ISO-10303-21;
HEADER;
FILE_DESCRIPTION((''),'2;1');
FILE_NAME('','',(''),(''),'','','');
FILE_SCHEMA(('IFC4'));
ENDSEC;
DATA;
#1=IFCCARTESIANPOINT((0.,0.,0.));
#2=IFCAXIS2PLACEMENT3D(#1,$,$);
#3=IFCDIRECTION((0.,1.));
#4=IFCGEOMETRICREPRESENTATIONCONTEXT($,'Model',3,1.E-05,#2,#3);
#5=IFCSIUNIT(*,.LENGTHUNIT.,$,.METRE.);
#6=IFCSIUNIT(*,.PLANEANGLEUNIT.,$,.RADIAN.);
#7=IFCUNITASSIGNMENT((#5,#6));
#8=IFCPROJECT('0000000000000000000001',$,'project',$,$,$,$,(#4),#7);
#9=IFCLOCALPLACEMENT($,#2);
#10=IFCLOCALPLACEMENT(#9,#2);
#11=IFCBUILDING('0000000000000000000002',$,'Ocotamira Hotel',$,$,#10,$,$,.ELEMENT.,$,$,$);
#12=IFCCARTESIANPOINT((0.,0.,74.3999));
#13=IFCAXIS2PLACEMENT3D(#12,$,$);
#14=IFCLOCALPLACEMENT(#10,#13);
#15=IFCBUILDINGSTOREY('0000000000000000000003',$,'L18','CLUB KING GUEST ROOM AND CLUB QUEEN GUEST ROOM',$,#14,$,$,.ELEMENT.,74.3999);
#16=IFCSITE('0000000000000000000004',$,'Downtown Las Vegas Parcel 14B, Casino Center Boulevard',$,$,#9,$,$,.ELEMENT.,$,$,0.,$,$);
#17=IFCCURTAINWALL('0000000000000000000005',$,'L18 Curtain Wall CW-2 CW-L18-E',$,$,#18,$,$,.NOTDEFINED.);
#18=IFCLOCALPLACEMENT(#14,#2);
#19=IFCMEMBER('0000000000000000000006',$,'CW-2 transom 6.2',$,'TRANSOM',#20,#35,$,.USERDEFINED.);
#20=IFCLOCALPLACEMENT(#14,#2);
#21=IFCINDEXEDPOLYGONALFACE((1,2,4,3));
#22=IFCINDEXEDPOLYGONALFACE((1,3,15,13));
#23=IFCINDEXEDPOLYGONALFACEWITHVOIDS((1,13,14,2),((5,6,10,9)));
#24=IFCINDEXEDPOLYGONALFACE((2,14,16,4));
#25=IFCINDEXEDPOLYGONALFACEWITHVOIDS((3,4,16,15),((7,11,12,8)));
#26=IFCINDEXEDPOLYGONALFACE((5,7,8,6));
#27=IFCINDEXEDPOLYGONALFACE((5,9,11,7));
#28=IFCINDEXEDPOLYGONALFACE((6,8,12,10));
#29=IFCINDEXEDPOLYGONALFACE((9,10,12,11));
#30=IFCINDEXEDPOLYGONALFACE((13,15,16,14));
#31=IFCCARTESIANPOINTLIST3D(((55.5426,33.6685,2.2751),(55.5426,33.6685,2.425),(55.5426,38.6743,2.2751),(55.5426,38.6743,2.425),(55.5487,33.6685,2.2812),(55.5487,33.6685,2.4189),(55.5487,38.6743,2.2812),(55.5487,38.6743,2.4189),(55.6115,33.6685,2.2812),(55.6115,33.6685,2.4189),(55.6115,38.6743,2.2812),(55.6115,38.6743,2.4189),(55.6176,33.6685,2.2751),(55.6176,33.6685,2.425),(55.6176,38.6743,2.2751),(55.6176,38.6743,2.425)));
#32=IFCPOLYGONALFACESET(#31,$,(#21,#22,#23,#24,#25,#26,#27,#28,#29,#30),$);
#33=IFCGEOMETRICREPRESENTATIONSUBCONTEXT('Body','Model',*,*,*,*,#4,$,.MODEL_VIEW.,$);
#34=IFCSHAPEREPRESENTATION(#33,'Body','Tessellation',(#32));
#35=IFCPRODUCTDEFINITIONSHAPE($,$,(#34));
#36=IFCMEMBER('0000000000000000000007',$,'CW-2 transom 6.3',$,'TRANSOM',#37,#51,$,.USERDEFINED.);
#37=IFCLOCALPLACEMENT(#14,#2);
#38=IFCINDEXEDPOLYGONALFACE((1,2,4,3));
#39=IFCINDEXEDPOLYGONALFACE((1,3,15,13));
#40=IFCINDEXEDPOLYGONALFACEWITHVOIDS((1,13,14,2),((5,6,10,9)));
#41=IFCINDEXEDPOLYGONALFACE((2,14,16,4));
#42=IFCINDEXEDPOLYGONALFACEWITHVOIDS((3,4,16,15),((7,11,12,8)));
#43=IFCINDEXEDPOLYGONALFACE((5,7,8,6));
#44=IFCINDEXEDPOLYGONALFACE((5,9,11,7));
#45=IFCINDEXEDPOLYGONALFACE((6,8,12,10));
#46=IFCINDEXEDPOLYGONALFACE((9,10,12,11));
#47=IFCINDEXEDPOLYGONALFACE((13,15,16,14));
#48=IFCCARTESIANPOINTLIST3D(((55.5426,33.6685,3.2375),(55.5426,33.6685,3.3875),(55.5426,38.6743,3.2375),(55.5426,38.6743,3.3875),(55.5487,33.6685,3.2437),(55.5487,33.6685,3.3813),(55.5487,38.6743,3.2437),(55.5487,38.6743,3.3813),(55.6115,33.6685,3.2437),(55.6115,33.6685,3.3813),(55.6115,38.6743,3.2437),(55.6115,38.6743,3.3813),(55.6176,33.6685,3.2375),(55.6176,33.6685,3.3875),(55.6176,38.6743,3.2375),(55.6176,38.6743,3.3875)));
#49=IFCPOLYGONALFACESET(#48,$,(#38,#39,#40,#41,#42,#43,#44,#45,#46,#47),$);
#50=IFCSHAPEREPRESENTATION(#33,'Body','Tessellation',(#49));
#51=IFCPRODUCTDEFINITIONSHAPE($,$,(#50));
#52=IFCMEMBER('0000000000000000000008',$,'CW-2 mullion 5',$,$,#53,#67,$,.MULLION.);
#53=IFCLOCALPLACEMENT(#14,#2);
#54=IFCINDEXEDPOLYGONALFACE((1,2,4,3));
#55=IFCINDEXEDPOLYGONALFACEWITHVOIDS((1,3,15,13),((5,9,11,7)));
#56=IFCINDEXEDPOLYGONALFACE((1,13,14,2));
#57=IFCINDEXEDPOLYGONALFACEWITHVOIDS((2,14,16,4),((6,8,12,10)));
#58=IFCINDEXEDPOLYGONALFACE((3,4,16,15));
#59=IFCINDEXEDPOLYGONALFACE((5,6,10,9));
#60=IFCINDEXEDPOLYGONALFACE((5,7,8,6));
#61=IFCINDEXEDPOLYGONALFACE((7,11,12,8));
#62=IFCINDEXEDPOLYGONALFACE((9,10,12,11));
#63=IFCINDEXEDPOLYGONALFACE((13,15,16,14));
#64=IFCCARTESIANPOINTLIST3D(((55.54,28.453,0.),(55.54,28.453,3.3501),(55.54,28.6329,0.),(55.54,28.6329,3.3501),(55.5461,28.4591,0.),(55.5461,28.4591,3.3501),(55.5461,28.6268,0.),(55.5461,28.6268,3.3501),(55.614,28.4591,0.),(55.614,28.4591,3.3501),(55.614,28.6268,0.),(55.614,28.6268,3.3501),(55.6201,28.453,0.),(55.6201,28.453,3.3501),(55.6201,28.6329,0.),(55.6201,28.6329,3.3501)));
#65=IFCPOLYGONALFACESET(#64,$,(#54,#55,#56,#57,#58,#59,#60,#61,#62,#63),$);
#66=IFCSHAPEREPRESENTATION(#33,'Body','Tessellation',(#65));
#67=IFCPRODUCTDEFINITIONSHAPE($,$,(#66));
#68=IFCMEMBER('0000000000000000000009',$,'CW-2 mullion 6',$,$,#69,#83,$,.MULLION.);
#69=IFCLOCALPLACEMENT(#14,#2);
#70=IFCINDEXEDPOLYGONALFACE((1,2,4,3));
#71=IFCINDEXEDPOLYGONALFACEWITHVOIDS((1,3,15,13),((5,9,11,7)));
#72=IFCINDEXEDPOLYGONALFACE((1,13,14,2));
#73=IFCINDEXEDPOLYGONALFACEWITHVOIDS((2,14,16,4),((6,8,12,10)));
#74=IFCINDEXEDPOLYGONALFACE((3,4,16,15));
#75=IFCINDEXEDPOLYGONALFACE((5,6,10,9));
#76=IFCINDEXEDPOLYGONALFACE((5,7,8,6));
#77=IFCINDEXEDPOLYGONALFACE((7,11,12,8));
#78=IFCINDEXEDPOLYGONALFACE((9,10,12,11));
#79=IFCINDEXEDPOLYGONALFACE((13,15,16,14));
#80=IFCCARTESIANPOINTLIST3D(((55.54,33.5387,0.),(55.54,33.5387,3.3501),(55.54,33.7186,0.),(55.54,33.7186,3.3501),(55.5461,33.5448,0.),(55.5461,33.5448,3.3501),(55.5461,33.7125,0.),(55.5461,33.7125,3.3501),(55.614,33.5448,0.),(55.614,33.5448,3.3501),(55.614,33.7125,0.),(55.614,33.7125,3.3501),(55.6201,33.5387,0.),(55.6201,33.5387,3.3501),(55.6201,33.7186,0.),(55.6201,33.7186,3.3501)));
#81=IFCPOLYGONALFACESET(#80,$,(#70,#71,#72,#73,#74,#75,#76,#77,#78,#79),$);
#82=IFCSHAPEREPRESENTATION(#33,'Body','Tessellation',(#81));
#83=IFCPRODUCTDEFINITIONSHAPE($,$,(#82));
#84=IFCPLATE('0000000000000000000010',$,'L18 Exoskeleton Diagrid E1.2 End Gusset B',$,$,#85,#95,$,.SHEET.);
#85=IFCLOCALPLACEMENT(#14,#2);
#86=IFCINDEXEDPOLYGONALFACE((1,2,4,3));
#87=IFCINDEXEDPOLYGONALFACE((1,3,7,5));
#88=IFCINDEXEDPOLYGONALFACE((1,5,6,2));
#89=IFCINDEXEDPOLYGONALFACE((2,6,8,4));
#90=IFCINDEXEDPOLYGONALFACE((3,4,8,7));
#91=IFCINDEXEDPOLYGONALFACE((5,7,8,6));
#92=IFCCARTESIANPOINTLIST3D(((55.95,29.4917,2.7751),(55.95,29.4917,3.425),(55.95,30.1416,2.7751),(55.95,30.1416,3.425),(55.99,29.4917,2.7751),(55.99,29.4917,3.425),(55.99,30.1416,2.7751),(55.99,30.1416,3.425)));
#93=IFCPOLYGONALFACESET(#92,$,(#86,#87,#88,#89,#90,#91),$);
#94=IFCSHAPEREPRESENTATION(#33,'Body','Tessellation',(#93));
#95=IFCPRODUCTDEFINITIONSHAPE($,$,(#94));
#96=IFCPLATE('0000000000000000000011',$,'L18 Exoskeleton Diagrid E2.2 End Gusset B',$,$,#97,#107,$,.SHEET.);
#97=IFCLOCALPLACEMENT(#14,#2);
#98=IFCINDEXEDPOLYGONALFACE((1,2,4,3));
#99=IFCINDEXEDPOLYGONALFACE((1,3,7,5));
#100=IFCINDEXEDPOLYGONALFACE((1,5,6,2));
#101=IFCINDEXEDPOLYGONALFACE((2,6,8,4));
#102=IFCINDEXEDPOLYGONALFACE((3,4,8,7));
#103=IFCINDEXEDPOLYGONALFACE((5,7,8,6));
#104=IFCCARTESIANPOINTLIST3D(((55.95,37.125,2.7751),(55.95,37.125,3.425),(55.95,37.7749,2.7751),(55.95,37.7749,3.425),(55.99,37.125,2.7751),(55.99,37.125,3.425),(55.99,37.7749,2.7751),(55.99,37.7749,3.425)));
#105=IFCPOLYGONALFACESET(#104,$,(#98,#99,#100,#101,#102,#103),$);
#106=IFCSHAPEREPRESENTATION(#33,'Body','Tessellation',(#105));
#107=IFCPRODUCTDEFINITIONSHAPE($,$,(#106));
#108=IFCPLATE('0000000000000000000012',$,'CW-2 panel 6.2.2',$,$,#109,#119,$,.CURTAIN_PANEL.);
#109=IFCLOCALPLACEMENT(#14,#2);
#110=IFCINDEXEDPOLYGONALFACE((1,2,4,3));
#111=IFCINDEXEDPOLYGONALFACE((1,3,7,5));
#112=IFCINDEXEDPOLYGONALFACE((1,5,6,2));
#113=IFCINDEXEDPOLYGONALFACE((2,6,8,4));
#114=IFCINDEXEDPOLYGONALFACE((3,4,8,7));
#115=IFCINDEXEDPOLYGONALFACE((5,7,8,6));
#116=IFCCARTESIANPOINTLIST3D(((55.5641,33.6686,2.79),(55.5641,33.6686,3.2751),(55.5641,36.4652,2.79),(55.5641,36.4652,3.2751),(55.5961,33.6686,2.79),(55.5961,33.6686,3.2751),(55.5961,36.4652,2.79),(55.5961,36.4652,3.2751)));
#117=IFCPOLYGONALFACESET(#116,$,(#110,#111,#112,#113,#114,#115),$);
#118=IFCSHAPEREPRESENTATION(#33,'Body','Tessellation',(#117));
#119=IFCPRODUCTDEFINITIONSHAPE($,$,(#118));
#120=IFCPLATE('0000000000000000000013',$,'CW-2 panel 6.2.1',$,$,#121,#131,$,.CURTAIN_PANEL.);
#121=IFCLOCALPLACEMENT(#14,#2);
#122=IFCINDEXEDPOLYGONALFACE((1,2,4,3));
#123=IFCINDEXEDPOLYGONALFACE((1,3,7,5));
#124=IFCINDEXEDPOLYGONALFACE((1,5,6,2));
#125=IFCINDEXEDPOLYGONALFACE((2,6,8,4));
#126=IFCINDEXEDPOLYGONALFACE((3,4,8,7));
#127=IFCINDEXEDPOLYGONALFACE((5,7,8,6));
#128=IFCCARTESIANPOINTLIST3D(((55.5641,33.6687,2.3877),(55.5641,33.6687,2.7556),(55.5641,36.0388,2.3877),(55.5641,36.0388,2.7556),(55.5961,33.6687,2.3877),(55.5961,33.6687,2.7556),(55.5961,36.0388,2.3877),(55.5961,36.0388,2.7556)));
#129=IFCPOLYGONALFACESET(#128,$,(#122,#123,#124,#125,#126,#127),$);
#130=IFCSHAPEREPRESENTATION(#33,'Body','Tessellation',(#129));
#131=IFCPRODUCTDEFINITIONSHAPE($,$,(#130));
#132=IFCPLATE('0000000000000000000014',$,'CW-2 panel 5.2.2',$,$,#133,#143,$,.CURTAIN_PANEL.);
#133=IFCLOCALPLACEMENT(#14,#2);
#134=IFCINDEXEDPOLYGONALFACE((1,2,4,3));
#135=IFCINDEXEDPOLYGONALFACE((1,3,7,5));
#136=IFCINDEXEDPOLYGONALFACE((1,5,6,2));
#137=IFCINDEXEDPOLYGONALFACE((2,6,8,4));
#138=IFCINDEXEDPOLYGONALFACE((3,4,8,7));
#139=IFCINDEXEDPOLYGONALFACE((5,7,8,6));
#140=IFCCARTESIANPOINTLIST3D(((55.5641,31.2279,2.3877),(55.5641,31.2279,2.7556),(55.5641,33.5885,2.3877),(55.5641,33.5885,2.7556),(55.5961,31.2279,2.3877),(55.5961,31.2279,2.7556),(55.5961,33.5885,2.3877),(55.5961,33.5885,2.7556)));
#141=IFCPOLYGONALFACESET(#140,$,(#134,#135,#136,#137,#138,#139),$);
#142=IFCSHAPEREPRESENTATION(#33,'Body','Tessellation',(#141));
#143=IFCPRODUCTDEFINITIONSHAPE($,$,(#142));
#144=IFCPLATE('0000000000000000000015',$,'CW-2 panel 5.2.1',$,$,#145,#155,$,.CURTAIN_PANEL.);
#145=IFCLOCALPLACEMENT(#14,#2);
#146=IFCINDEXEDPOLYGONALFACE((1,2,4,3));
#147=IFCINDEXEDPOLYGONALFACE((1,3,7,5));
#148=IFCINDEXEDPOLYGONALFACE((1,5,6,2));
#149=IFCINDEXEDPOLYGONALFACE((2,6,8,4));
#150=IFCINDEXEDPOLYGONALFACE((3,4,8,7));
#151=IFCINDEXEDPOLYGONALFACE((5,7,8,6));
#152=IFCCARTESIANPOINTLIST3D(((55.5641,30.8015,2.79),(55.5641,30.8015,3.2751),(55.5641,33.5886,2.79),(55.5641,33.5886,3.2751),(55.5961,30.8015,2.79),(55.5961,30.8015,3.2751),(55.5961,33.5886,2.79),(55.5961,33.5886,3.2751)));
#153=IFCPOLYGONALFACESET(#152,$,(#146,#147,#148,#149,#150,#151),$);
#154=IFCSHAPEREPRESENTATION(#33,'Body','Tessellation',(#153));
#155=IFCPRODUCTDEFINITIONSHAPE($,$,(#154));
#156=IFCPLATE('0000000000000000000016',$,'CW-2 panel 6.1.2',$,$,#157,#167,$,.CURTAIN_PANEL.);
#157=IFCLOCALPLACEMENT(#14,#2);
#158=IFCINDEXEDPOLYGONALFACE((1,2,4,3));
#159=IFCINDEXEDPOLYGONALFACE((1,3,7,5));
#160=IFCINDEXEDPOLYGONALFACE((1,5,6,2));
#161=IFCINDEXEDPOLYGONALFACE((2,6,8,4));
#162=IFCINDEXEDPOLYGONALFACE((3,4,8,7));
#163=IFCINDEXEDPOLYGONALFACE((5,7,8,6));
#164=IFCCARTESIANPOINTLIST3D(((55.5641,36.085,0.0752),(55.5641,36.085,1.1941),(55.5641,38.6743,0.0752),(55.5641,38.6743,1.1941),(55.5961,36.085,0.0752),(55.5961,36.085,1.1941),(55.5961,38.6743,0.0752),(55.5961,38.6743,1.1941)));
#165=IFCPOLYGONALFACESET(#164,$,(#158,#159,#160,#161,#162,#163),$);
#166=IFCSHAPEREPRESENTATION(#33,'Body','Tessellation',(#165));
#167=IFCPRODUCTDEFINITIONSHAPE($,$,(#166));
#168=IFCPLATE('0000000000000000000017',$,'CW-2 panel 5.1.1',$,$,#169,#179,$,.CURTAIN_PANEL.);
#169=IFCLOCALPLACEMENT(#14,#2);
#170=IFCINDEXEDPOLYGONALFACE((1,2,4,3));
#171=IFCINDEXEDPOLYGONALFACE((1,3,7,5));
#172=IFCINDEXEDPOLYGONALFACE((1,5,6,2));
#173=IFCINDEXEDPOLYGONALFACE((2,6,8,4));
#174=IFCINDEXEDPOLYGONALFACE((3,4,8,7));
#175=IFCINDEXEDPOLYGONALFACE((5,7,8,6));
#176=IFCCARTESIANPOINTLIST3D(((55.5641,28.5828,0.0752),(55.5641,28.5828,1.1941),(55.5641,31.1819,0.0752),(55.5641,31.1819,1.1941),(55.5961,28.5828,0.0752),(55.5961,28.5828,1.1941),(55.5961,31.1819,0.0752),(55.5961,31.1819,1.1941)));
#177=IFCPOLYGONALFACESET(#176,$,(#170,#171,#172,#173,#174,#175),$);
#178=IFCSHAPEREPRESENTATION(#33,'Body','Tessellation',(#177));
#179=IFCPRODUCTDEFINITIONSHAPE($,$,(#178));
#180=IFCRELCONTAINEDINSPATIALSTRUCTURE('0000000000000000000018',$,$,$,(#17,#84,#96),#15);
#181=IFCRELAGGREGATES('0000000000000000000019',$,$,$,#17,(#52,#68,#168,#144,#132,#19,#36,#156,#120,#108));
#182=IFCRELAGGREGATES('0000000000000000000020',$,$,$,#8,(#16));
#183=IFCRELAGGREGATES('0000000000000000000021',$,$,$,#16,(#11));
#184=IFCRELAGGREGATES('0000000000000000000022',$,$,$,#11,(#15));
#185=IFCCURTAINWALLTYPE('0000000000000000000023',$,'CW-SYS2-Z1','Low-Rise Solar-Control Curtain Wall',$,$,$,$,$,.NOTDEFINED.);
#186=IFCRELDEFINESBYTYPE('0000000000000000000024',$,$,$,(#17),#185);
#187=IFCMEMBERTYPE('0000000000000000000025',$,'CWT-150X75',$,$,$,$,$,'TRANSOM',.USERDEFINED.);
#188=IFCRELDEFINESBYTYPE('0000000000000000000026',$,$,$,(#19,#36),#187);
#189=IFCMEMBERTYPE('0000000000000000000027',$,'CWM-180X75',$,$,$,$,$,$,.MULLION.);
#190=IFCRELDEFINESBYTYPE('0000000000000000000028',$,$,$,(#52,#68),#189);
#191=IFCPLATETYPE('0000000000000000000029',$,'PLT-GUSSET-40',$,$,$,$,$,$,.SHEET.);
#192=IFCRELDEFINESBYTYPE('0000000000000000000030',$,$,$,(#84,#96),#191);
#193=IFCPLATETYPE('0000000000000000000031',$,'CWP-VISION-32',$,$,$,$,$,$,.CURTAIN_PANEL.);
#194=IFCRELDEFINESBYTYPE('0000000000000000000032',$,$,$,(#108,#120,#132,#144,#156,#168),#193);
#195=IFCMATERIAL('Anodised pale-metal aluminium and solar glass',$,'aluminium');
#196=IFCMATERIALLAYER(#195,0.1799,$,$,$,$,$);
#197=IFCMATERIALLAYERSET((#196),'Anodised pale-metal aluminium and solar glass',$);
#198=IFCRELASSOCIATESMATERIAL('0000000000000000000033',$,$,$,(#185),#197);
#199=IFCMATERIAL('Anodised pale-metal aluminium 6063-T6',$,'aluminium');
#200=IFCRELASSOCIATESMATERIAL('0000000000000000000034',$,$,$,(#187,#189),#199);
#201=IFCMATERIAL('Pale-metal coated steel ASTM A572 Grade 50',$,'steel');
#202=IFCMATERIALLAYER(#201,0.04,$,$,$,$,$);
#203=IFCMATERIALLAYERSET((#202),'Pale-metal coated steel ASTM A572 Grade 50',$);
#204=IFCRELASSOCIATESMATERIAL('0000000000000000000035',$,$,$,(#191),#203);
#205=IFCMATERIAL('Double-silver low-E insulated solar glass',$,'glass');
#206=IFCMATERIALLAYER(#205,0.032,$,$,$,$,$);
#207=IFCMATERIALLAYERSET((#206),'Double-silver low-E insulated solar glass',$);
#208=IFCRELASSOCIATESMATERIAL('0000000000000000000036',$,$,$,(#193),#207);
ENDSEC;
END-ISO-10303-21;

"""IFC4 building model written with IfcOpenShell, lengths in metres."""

from ifc_helpers import new_model, si_unit, direction, frame, origin, origin_2d, place, context, subcontext, project, spatial, rectangle, hollow_rectangle, extrude, source, transform, mapped, material, layer, layer_set, material_profile, profile_set, type_object, element, aggregate, save


model = new_model("IFC4")

# Units and contexts
model_context = context("Model", 3, precision=1e-05, world=origin(), true_north=direction((0.0, 1.0)))
body_context = subcontext(model_context, "Body", "Model", "MODEL_VIEW")
ifc_project = project(units=[si_unit("LENGTHUNIT", "METRE"), si_unit("PLANEANGLEUNIT", "RADIAN")], contexts=[model_context])

# Site, building, storey
site_placement = place(None, origin())
site = spatial("IfcSite", under=ifc_project, at=site_placement, Name="Downtown Las Vegas Parcel 14B, Casino Center Boulevard", CompositionType="ELEMENT", RefElevation=0.0)
building_placement = place(site_placement, origin())
building = spatial("IfcBuilding", under=site, at=building_placement, Name="Ocotamira Hotel", CompositionType="ELEMENT")
storey_placement = place(building_placement, frame((0.0, 0.0, 74.3999)))
storey = spatial("IfcBuildingStorey", under=building, at=storey_placement, Name="L18", Description="CLUB KING GUEST ROOM AND CLUB QUEEN GUEST ROOM", CompositionType="ELEMENT", Elevation=74.3999)

# Curtain wall, members
ifc_material_1 = material(Name="Anodised pale-metal aluminium and solar glass", Category="aluminium")
ifc_layer_1 = layer(ifc_material_1, 0.1799)
ifc_layer_set_1 = layer_set([ifc_layer_1], Name="Anodised pale-metal aluminium and solar glass")
curtain_wall_type = type_object("IfcCurtainWallType", Name="CW-SYS2-Z1", Description="Low-Rise Solar-Control Curtain Wall", PredefinedType="NOTDEFINED", material=ifc_layer_set_1)
curtain_wall_placement = place(storey_placement, origin())
curtain_wall = element("IfcCurtainWall", 1, at=curtain_wall_placement, inside=storey, type_object=curtain_wall_type, Name="L18 Curtain Wall CW-2 CW-L18-E", PredefinedType="NOTDEFINED")
ifc_material_2 = material(Name="Anodised pale-metal aluminium 6063-T6", Category="aluminium")
ifc_material_profile_1 = material_profile(ifc_material_2, hollow_rectangle(XDim=0.075, YDim=0.1499, WallThickness=0.0061, at=origin_2d()), Name="HSS150X75X6")
ifc_profile_set_1 = profile_set([ifc_material_profile_1], Name="Anodised pale-metal aluminium 6063-T6")
member_type_1 = type_object("IfcMemberType", Name="CWT-150X75", ElementType="TRANSOM", PredefinedType="USERDEFINED", material=ifc_profile_set_1)
shared_shape_1 = source(origin(), body_context, "Body", "SweptSolid", [
    extrude(hollow_rectangle(XDim=0.075, YDim=0.1499, WallThickness=0.0061, at=origin_2d()), origin(), (0.0, 0.0, 1.0), 5.0059),
])
member_1_placement = place(storey_placement, frame((55.5801, 33.6685, 2.3501), z_axis=(0.0, 1.0, 0.0), x_axis=(-1.0, 0.0, 0.0)))
member_1 = element("IfcMember", 2, at=member_1_placement, type_object=member_type_1, Name="CW-2 transom 6.2", ObjectType="TRANSOM", PredefinedType="USERDEFINED", context=body_context, shape_type="MappedRepresentation", body=[
    mapped(shared_shape_1, transform((0.0, 0.0, 0.0), scale=1.0)),
])
member_2_placement = place(storey_placement, frame((55.5801, 33.6685, 3.3125), z_axis=(0.0, 1.0, 0.0), x_axis=(-1.0, 0.0, 0.0)))
member_2 = element("IfcMember", 3, at=member_2_placement, type_object=member_type_1, Name="CW-2 transom 6.3", ObjectType="TRANSOM", PredefinedType="USERDEFINED", context=body_context, shape_type="MappedRepresentation", body=[
    mapped(shared_shape_1, transform((0.0, 0.0, 0.0), scale=1.0)),
])
ifc_material_profile_2 = material_profile(ifc_material_2, hollow_rectangle(XDim=0.0801, YDim=0.1799, WallThickness=0.0061, at=origin_2d()), Name="HSS180X80X6")
ifc_profile_set_2 = profile_set([ifc_material_profile_2], Name="Anodised pale-metal aluminium 6063-T6")
member_type_2 = type_object("IfcMemberType", Name="CWM-180X75", PredefinedType="MULLION", material=ifc_profile_set_2)
shared_shape_2 = source(origin(), body_context, "Body", "SweptSolid", [
    extrude(hollow_rectangle(XDim=0.0801, YDim=0.1799, WallThickness=0.0061, at=origin_2d()), origin(), (0.0, 0.0, 1.0), 3.3501),
])
member_3_placement = place(storey_placement, frame((55.5801, 28.543, 0.0), z_axis=(0.0, 0.0, 1.0), x_axis=(-1.0, 0.0, 0.0)))
member_3 = element("IfcMember", 4, at=member_3_placement, type_object=member_type_2, Name="CW-2 mullion 5", PredefinedType="MULLION", context=body_context, shape_type="MappedRepresentation", body=[
    mapped(shared_shape_2, transform((0.0, 0.0, 0.0), scale=1.0)),
])
member_4_placement = place(storey_placement, frame((55.5801, 33.6287, 0.0), z_axis=(0.0, 0.0, 1.0), x_axis=(-1.0, 0.0, 0.0)))
member_4 = element("IfcMember", 5, at=member_4_placement, type_object=member_type_2, Name="CW-2 mullion 6", PredefinedType="MULLION", context=body_context, shape_type="MappedRepresentation", body=[
    mapped(shared_shape_2, transform((0.0, 0.0, 0.0), scale=1.0)),
])

# Plates
ifc_material_3 = material(Name="Pale-metal coated steel ASTM A572 Grade 50", Category="steel")
ifc_layer_2 = layer(ifc_material_3, 0.04)
ifc_layer_set_2 = layer_set([ifc_layer_2], Name="Pale-metal coated steel ASTM A572 Grade 50")
plate_type_1 = type_object("IfcPlateType", Name="PLT-GUSSET-40", PredefinedType="SHEET", material=ifc_layer_set_2)
shared_shape_3 = source(origin(), body_context, "Body", "SweptSolid", [
    extrude(rectangle(XDim=0.04, YDim=0.6499, at=origin_2d()), origin(), (0.0, 0.0, 1.0), 0.6499),
])
for number, where, z_axis, x_axis, name in (
    (6, (55.97, 29.8167, 2.7751), (0.0, 0.0, 1.0), (1.0, 0.0, 0.0), "L18 Exoskeleton Diagrid E1.2 End Gusset B"),
    (7, (55.97, 37.45, 2.7751), (0.0, 0.0, 1.0), (1.0, 0.0, 0.0), "L18 Exoskeleton Diagrid E2.2 End Gusset B"),
):
    element("IfcPlate", number, at=place(storey_placement, frame(where, z_axis=z_axis, x_axis=x_axis)), inside=storey, type_object=plate_type_1, Name=name, PredefinedType="SHEET", context=body_context, shape_type="MappedRepresentation", body=[
        mapped(shared_shape_3, transform((0.0, 0.0, 0.0), scale=1.0)),
    ])

# Plates
ifc_material_4 = material(Name="Double-silver low-E insulated solar glass", Category="glass")
ifc_layer_3 = layer(ifc_material_4, 0.032)
ifc_layer_set_3 = layer_set([ifc_layer_3], Name="Double-silver low-E insulated solar glass")
plate_type_2 = type_object("IfcPlateType", Name="CWP-VISION-32", PredefinedType="CURTAIN_PANEL", material=ifc_layer_set_3)
shared_shape_4 = source(origin(), body_context, "Body", "SweptSolid", [
    extrude(rectangle(XDim=2.7966, YDim=0.032, at=origin_2d()), origin(), (0.0, 0.0, 1.0), 0.4851),
])
plate_1_placement = place(storey_placement, frame((55.5801, 35.0669, 2.79), z_axis=(0.0, 0.0, 1.0), x_axis=(0.0, 1.0, 0.0)))
plate_1 = element("IfcPlate", 8, at=plate_1_placement, type_object=plate_type_2, Name="CW-2 panel 6.2.2", PredefinedType="CURTAIN_PANEL", context=body_context, shape_type="MappedRepresentation", body=[
    mapped(shared_shape_4, transform((0.0, 0.0, 0.0), scale=1.0)),
])
shared_shape_5 = source(origin(), body_context, "Body", "SweptSolid", [
    extrude(rectangle(XDim=2.3701, YDim=0.032, at=origin_2d()), origin(), (0.0, 0.0, 1.0), 0.3679),
])
plate_2_placement = place(storey_placement, frame((55.5801, 34.8538, 2.3877), z_axis=(0.0, 0.0, 1.0), x_axis=(0.0, 1.0, 0.0)))
plate_2 = element("IfcPlate", 9, at=plate_2_placement, type_object=plate_type_2, Name="CW-2 panel 6.2.1", PredefinedType="CURTAIN_PANEL", context=body_context, shape_type="MappedRepresentation", body=[
    mapped(shared_shape_5, transform((0.0, 0.0, 0.0), scale=1.0)),
])
shared_shape_6 = source(origin(), body_context, "Body", "SweptSolid", [
    extrude(rectangle(XDim=2.3606, YDim=0.032, at=origin_2d()), origin(), (0.0, 0.0, 1.0), 0.3679),
])
plate_3_placement = place(storey_placement, frame((55.5801, 32.4082, 2.3877), z_axis=(0.0, 0.0, 1.0), x_axis=(0.0, 1.0, 0.0)))
plate_3 = element("IfcPlate", 10, at=plate_3_placement, type_object=plate_type_2, Name="CW-2 panel 5.2.2", PredefinedType="CURTAIN_PANEL", context=body_context, shape_type="MappedRepresentation", body=[
    mapped(shared_shape_6, transform((0.0, 0.0, 0.0), scale=1.0)),
])
shared_shape_7 = source(origin(), body_context, "Body", "SweptSolid", [
    extrude(rectangle(XDim=2.7871, YDim=0.032, at=origin_2d()), origin(), (0.0, 0.0, 1.0), 0.4851),
])
plate_4_placement = place(storey_placement, frame((55.5801, 32.1951, 2.79), z_axis=(0.0, 0.0, 1.0), x_axis=(0.0, 1.0, 0.0)))
plate_4 = element("IfcPlate", 11, at=plate_4_placement, type_object=plate_type_2, Name="CW-2 panel 5.2.1", PredefinedType="CURTAIN_PANEL", context=body_context, shape_type="MappedRepresentation", body=[
    mapped(shared_shape_7, transform((0.0, 0.0, 0.0), scale=1.0)),
])
shared_shape_8 = source(origin(), body_context, "Body", "SweptSolid", [
    extrude(rectangle(XDim=2.5894, YDim=0.032, at=origin_2d()), origin(), (0.0, 0.0, 1.0), 1.1189),
])
plate_5_placement = place(storey_placement, frame((55.5801, 37.3796, 0.0752), z_axis=(0.0, 0.0, 1.0), x_axis=(0.0, 1.0, 0.0)))
plate_5 = element("IfcPlate", 12, at=plate_5_placement, type_object=plate_type_2, Name="CW-2 panel 6.1.2", PredefinedType="CURTAIN_PANEL", context=body_context, shape_type="MappedRepresentation", body=[
    mapped(shared_shape_8, transform((0.0, 0.0, 0.0), scale=1.0)),
])
shared_shape_9 = source(origin(), body_context, "Body", "SweptSolid", [
    extrude(rectangle(XDim=2.5991, YDim=0.032, at=origin_2d()), origin(), (0.0, 0.0, 1.0), 1.1189),
])
plate_6_placement = place(storey_placement, frame((55.5801, 29.8823, 0.0752), z_axis=(0.0, 0.0, 1.0), x_axis=(0.0, 1.0, 0.0)))
plate_6 = element("IfcPlate", 13, at=plate_6_placement, type_object=plate_type_2, Name="CW-2 panel 5.1.1", PredefinedType="CURTAIN_PANEL", context=body_context, shape_type="MappedRepresentation", body=[
    mapped(shared_shape_9, transform((0.0, 0.0, 0.0), scale=1.0)),
])
aggregate(curtain_wall, [member_3, member_4, plate_6, plate_4, plate_3, member_1, member_2, plate_5, plate_2, plate_1])

save(model, "model.ifc")
